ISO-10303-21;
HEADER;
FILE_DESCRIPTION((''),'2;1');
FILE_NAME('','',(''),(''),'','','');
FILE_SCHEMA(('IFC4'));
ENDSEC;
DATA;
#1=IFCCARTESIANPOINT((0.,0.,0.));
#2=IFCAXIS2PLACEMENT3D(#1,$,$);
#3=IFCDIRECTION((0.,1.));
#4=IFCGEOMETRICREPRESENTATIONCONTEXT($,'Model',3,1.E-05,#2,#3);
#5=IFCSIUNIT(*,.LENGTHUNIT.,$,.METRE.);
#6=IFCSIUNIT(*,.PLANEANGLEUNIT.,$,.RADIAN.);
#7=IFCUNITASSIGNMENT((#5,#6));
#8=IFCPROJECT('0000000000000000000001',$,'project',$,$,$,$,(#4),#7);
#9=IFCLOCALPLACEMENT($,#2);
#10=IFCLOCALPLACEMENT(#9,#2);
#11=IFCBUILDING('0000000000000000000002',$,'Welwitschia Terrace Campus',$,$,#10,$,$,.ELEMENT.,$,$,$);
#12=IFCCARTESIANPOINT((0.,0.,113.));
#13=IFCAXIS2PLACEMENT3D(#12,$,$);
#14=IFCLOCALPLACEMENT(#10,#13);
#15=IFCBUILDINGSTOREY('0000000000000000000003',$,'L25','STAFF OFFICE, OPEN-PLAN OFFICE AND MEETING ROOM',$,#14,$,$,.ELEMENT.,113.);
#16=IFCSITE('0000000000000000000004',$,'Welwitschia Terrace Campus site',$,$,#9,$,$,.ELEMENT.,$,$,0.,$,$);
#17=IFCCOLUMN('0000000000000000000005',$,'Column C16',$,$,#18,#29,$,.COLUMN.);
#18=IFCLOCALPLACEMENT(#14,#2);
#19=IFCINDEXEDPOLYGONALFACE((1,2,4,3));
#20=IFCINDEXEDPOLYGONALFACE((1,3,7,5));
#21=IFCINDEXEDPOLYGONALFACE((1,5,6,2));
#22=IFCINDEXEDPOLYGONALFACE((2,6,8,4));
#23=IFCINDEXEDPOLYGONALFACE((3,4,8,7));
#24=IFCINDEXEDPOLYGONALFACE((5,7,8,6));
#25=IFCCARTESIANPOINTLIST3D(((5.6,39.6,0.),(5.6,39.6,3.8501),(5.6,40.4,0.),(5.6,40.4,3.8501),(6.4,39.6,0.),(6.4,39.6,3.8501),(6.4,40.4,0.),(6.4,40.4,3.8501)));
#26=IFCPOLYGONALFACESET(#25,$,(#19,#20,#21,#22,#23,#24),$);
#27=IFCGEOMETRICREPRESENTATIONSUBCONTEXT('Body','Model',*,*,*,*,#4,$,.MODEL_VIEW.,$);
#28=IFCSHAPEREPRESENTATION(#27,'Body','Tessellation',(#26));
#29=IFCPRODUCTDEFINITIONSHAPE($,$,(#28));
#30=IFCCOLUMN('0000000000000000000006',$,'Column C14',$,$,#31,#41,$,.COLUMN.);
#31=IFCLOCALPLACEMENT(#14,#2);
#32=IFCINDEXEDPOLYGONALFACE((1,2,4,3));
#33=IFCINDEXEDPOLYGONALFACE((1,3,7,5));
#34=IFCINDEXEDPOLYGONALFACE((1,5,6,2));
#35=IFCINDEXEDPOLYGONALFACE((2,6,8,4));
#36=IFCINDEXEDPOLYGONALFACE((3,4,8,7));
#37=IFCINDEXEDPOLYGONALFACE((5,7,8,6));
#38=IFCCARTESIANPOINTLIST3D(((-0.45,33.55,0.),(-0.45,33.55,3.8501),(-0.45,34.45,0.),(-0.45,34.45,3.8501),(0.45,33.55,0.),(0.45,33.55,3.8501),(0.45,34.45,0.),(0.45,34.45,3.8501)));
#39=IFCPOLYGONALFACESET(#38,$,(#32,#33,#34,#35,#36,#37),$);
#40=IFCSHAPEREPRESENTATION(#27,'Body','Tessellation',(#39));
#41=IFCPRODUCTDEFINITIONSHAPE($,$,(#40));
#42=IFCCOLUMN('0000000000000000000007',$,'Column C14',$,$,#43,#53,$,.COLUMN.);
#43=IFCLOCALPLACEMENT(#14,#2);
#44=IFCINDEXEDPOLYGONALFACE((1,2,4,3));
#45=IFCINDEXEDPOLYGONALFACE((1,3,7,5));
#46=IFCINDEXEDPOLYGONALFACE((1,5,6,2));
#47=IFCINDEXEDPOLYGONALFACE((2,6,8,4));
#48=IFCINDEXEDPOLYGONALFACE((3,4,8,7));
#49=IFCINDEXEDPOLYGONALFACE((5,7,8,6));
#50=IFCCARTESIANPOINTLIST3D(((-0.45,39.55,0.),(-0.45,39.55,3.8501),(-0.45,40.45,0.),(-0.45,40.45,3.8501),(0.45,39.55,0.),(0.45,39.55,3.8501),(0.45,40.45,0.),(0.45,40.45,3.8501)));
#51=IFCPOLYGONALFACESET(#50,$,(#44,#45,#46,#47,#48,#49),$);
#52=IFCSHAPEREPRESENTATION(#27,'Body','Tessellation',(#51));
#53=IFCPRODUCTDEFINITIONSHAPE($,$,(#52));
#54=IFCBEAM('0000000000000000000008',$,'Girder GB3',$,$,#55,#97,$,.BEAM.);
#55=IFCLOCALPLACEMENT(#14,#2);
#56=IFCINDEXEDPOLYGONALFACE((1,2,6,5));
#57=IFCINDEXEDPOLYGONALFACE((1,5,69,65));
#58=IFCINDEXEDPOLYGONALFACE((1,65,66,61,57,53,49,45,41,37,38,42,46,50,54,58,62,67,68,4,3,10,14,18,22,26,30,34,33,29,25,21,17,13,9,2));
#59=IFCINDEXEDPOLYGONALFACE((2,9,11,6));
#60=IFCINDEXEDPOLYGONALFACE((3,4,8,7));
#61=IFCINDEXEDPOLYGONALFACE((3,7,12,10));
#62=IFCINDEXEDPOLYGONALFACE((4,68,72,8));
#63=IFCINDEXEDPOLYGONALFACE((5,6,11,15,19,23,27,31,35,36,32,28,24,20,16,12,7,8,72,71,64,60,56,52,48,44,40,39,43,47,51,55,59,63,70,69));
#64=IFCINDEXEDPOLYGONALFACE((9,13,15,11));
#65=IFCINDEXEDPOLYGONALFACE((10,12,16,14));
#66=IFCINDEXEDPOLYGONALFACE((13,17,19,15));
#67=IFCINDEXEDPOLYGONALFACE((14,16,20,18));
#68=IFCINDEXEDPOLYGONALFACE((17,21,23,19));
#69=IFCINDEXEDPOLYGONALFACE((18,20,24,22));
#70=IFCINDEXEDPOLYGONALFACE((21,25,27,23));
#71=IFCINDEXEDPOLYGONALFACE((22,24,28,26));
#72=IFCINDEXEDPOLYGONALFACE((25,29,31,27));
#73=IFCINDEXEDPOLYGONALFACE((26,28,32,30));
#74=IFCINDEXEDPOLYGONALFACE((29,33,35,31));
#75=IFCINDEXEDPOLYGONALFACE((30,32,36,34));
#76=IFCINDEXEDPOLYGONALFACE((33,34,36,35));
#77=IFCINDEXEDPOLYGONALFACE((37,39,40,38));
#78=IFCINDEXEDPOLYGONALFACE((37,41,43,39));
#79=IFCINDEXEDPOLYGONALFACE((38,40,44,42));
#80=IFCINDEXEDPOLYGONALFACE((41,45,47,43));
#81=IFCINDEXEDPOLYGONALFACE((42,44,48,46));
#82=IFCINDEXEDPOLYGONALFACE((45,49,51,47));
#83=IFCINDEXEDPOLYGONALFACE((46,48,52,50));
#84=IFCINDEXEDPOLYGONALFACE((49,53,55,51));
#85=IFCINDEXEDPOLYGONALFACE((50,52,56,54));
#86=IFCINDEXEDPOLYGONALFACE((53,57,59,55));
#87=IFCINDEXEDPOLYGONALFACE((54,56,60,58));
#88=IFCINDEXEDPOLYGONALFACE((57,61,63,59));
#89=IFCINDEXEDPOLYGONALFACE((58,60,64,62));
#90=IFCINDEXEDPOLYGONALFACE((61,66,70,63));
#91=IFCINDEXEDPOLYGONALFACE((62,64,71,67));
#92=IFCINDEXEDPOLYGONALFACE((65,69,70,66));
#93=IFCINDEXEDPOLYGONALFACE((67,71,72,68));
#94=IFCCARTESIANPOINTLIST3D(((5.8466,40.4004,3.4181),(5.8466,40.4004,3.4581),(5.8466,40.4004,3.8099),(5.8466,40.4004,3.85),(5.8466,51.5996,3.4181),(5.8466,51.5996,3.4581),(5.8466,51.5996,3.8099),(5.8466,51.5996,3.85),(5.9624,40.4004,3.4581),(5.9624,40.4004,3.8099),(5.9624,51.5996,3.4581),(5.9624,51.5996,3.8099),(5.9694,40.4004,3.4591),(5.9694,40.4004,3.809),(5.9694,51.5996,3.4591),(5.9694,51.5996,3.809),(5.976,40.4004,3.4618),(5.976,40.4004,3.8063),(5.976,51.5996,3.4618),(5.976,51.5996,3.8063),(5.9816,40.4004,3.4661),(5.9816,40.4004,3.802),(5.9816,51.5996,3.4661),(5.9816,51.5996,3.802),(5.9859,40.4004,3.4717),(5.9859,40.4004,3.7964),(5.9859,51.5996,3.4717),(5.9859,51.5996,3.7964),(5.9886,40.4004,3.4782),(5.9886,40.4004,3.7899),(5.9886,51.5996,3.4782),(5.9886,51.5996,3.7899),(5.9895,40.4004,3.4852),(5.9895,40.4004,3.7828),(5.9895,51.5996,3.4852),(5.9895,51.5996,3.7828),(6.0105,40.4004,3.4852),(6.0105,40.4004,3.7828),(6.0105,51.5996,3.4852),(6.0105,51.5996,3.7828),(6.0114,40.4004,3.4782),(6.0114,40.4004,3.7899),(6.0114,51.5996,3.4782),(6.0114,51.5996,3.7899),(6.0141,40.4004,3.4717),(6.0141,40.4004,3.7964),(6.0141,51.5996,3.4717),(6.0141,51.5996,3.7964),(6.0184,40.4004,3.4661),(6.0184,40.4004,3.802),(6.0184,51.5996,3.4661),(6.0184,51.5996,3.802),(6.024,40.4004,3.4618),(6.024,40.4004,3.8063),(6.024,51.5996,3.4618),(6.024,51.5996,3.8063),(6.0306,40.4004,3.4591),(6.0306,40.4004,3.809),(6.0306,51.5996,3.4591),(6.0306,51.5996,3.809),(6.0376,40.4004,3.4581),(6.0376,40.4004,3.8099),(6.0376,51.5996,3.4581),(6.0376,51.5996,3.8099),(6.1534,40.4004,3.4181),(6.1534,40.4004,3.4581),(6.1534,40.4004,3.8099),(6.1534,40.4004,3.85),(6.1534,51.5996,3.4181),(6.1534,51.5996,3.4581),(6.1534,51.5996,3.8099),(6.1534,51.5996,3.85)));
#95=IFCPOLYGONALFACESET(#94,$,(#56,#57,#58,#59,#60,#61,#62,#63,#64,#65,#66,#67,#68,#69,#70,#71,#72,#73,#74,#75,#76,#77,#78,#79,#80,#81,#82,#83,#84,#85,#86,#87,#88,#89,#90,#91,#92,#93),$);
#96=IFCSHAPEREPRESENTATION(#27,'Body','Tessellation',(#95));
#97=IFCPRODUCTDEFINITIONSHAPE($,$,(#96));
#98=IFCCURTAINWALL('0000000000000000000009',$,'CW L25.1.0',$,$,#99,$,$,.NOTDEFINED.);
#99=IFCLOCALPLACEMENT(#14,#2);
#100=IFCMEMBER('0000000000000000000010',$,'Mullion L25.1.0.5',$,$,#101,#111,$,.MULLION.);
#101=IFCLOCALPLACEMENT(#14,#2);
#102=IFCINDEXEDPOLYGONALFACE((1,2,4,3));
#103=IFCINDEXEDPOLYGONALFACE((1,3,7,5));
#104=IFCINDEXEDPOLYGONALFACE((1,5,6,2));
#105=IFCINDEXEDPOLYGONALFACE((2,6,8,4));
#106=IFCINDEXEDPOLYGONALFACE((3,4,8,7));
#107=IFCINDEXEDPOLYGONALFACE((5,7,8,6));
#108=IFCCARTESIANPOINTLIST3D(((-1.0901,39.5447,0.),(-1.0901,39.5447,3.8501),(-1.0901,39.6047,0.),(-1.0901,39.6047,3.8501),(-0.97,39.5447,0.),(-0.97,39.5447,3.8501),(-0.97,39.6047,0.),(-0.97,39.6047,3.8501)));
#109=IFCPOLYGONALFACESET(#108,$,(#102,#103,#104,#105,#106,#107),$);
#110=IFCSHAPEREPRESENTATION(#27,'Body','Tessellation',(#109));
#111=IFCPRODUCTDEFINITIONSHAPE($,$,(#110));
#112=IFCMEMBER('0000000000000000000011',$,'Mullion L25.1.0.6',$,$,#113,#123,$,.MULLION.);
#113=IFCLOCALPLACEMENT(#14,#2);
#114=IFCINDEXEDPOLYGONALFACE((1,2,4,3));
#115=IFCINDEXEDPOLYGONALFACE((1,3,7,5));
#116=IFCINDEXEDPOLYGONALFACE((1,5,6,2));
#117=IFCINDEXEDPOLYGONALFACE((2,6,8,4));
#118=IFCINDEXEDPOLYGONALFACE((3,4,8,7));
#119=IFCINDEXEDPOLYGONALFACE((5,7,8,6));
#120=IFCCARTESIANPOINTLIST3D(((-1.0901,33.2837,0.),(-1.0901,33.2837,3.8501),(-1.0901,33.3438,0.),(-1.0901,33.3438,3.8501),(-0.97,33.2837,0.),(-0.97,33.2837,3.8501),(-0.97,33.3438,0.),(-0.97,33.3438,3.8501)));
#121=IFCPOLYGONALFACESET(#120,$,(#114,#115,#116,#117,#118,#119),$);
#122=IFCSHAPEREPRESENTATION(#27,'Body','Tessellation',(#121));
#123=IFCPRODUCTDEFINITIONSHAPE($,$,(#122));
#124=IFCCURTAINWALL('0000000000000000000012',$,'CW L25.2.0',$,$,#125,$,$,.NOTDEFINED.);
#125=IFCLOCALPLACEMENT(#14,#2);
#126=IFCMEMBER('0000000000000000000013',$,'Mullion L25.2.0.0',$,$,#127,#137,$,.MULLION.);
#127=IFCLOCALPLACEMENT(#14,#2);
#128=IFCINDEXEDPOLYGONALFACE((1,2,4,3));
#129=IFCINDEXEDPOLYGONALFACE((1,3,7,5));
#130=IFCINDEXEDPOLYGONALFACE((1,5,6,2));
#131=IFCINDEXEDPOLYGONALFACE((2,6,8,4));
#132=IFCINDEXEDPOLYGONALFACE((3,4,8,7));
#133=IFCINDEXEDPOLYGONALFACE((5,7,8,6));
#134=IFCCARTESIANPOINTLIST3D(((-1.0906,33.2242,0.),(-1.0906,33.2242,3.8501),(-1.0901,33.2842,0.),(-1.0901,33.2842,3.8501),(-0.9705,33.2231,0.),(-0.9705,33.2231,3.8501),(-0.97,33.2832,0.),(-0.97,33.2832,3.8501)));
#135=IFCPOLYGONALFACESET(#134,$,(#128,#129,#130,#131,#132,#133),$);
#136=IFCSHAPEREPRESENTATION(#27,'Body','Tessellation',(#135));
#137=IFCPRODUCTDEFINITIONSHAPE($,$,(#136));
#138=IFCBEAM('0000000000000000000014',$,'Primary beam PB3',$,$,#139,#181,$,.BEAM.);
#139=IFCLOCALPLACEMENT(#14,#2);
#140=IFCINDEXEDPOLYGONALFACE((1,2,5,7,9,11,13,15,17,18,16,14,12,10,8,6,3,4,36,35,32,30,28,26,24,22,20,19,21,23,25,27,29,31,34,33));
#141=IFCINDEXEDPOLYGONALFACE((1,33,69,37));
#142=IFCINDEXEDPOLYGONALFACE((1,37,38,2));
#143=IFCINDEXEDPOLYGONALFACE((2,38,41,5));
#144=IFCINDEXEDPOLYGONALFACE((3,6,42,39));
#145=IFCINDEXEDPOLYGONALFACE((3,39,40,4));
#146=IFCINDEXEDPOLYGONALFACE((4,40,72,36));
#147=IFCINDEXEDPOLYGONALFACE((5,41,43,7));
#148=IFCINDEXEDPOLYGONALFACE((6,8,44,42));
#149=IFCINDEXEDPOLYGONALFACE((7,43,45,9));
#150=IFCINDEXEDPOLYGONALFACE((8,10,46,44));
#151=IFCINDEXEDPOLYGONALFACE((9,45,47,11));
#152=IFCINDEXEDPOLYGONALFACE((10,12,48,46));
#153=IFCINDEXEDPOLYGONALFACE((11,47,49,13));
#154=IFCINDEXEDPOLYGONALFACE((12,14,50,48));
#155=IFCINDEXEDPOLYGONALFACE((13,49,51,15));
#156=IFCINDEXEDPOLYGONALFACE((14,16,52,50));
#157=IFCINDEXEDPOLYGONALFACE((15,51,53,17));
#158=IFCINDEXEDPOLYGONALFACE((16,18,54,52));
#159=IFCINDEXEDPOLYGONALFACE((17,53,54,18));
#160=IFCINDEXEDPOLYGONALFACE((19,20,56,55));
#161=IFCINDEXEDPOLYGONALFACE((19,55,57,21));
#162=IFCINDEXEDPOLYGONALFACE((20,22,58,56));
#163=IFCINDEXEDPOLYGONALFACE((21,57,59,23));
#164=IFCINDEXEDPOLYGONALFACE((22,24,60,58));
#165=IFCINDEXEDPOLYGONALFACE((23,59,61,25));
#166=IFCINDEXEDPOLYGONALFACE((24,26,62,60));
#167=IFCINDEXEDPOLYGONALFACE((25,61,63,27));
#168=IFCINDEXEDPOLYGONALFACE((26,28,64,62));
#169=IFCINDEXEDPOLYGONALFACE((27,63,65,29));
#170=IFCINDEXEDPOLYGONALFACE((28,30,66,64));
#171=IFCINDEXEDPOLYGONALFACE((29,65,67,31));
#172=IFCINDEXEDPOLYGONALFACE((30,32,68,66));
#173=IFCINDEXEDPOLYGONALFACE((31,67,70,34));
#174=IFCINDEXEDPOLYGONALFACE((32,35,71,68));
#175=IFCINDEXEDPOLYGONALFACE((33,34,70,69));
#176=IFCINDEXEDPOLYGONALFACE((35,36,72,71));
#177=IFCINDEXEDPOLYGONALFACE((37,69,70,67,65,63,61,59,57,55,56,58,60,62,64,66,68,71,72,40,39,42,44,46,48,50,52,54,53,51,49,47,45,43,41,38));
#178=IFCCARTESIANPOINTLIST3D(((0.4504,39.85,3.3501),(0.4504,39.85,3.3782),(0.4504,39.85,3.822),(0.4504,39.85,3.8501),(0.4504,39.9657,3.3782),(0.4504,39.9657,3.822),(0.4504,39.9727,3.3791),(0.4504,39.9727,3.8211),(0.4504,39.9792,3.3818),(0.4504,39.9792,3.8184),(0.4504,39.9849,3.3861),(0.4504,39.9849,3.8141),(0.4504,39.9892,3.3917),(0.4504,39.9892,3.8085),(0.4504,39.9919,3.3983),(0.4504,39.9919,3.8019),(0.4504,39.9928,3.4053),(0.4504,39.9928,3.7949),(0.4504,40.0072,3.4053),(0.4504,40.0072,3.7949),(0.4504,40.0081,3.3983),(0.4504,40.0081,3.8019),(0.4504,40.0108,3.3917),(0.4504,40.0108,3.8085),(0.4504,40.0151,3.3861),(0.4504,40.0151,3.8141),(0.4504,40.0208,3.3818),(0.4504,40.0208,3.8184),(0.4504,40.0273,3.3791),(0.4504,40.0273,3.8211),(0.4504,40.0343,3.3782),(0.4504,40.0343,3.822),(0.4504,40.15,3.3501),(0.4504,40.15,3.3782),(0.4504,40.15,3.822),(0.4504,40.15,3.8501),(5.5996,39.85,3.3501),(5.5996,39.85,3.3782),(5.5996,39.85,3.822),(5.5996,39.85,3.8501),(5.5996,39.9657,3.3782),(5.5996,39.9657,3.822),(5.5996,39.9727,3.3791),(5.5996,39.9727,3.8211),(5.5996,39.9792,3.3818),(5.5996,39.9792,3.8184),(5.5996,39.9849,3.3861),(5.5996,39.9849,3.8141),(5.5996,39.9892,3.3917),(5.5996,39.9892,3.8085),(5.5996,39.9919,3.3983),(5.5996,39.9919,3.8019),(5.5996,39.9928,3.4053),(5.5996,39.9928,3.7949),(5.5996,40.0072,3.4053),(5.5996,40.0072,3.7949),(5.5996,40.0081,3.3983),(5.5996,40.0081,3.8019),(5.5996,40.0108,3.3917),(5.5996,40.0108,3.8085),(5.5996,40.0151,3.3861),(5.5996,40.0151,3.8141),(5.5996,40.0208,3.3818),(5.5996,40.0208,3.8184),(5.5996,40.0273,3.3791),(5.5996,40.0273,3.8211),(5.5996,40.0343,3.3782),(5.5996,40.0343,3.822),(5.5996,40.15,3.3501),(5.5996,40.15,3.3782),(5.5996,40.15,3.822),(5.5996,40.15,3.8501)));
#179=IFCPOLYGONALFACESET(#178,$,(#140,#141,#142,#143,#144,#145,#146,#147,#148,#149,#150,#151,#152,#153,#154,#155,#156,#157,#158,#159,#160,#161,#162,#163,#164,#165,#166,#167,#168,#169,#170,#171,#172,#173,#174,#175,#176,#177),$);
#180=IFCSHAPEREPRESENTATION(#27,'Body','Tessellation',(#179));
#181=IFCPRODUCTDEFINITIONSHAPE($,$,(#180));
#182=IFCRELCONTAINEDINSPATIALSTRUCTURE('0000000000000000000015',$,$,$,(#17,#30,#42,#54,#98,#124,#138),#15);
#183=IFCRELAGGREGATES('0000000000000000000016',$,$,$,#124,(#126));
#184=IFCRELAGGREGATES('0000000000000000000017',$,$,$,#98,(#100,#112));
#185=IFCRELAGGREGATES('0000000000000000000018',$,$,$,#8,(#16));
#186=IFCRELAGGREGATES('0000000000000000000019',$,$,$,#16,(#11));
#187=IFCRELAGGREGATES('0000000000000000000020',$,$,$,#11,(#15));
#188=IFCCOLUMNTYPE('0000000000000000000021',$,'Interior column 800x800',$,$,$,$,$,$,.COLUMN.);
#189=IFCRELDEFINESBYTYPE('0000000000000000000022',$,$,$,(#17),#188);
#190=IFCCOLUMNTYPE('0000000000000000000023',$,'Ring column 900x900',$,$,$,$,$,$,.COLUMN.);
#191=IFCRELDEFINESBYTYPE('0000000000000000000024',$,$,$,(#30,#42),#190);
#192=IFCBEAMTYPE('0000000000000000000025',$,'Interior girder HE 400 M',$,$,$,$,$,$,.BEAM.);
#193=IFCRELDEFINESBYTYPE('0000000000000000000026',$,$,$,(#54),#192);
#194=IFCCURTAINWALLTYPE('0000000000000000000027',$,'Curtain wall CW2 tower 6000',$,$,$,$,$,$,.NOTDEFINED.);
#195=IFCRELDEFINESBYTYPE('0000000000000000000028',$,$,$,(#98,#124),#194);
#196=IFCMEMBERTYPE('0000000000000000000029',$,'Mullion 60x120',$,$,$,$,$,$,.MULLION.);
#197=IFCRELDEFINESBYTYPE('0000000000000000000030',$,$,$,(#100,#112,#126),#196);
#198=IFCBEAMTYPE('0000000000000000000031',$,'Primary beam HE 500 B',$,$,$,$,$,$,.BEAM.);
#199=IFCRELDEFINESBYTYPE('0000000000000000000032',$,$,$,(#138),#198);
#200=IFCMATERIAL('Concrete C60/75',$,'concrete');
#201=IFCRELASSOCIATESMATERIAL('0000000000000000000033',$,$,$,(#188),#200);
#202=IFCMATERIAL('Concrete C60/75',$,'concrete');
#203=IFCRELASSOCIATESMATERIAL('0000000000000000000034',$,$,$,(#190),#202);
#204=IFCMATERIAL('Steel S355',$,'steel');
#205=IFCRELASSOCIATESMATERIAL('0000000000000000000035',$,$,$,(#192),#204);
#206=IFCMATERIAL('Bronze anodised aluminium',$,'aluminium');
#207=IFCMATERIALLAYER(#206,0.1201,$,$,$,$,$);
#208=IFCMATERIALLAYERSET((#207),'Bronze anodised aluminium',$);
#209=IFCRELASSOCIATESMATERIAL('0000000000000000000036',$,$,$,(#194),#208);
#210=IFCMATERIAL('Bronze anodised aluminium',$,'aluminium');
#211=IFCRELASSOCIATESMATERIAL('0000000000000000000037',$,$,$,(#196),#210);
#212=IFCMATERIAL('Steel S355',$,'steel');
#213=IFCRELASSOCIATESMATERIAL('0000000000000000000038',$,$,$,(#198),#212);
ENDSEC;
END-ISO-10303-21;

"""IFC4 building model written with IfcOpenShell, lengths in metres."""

from ifc_helpers import new_model, si_unit, direction, frame, origin, origin_2d, place, context, subcontext, project, spatial, rectangle, i_section, extrude, material, layer, layer_set, material_profile, profile_set, type_object, element, aggregate, save


model = new_model("IFC4")

# Units and contexts
model_context = context("Model", 3, precision=1e-05, world=origin(), true_north=direction((0.0, 1.0)))
body_context = subcontext(model_context, "Body", "Model", "MODEL_VIEW")
ifc_project = project(units=[si_unit("LENGTHUNIT", "METRE"), si_unit("PLANEANGLEUNIT", "RADIAN")], contexts=[model_context])

# Site, building, storey
site_placement = place(None, origin())
site = spatial("IfcSite", under=ifc_project, at=site_placement, Name="Welwitschia Terrace Campus site", CompositionType="ELEMENT", RefElevation=0.0)
building_placement = place(site_placement, origin())
building = spatial("IfcBuilding", under=site, at=building_placement, Name="Welwitschia Terrace Campus", CompositionType="ELEMENT")
storey_placement = place(building_placement, frame((0.0, 0.0, 113.0)))
storey = spatial("IfcBuildingStorey", under=building, at=storey_placement, Name="L25", Description="STAFF OFFICE, OPEN-PLAN OFFICE AND MEETING ROOM", CompositionType="ELEMENT", Elevation=113.0)

# Columns
ifc_material_1 = material(Name="Concrete C60/75", Category="concrete")
ifc_material_profile_1 = material_profile(ifc_material_1, rectangle(XDim=0.8, YDim=0.8, at=origin_2d()))
ifc_profile_set_1 = profile_set([ifc_material_profile_1], Name="Concrete C60/75")
column_type_1 = type_object("IfcColumnType", Name="Interior column 800x800", PredefinedType="COLUMN", material=ifc_profile_set_1)
column_placement = place(storey_placement, frame((6.0, 40.0, 0.0), z_axis=(0.0, 0.0, 1.0), x_axis=(1.0, 0.0, 0.0)))
element("IfcColumn", 1, at=column_placement, inside=storey, type_object=column_type_1, Name="Column C16", PredefinedType="COLUMN", context=body_context, shape_type="SweptSolid", body=[
    extrude(rectangle(XDim=0.8, YDim=0.8, at=origin_2d()), origin(), (0.0, 0.0, 1.0), 3.8501),
])
ifc_material_2 = material(Name="Concrete C60/75", Category="concrete")
ifc_material_profile_2 = material_profile(ifc_material_2, rectangle(XDim=0.8999, YDim=0.8999, at=origin_2d()))
ifc_profile_set_2 = profile_set([ifc_material_profile_2], Name="Concrete C60/75")
column_type_2 = type_object("IfcColumnType", Name="Ring column 900x900", PredefinedType="COLUMN", material=ifc_profile_set_2)
for number, where, z_axis, x_axis, name in (
    (2, (0.0, 34.0, 0.0), (0.0, 0.0, 1.0), (1.0, 0.0, 0.0), "Column C14"),
    (3, (0.0, 40.0, 0.0), (0.0, 0.0, 1.0), (1.0, 0.0, 0.0), "Column C14"),
):
    element("IfcColumn", number, at=place(storey_placement, frame(where, z_axis=z_axis, x_axis=x_axis)), inside=storey, type_object=column_type_2, Name=name, PredefinedType="COLUMN", context=body_context, shape_type="SweptSolid", body=[
        extrude(rectangle(XDim=0.8999, YDim=0.8999, at=origin_2d()), origin(), (0.0, 0.0, 1.0), 3.8501),
    ])

# Beam
ifc_material_3 = material(Name="Steel S355", Category="steel")
ifc_material_profile_3 = material_profile(ifc_material_3, i_section(OverallWidth=0.3069, OverallDepth=0.4319, WebThickness=0.021, FlangeThickness=0.04, FilletRadius=0.0271, at=origin_2d()))
ifc_profile_set_3 = profile_set([ifc_material_profile_3], Name="Steel S355")
beam_type_1 = type_object("IfcBeamType", Name="Interior girder HE 400 M", PredefinedType="BEAM", material=ifc_profile_set_3)
beam_1_placement = place(storey_placement, frame((6.0, 40.4004, 3.634), z_axis=(0.0, 1.0, 0.0), x_axis=(-1.0, 0.0, 0.0)))
element("IfcBeam", 4, at=beam_1_placement, inside=storey, type_object=beam_type_1, Name="Girder GB3", PredefinedType="BEAM", context=body_context, shape_type="SweptSolid", body=[
    extrude(i_section(OverallWidth=0.3069, OverallDepth=0.4319, WebThickness=0.021, FlangeThickness=0.04, FilletRadius=0.0271, at=origin_2d()), origin(), (0.0, 0.0, 1.0), 11.1992),
])

# Curtain wall, members
ifc_material_4 = material(Name="Bronze anodised aluminium", Category="aluminium")
ifc_layer_1 = layer(ifc_material_4, 0.1201)
ifc_layer_set_1 = layer_set([ifc_layer_1], Name="Bronze anodised aluminium")
curtain_wall_type = type_object("IfcCurtainWallType", Name="Curtain wall CW2 tower 6000", PredefinedType="NOTDEFINED", material=ifc_layer_set_1)
curtain_wall_1_placement = place(storey_placement, origin())
curtain_wall_1 = element("IfcCurtainWall", 5, at=curtain_wall_1_placement, inside=storey, type_object=curtain_wall_type, Name="CW L25.1.0", PredefinedType="NOTDEFINED")
ifc_material_5 = material(Name="Bronze anodised aluminium", Category="aluminium")
ifc_material_profile_4 = material_profile(ifc_material_5, rectangle(XDim=0.1201, YDim=0.0601, at=origin_2d()))
ifc_profile_set_4 = profile_set([ifc_material_profile_4], Name="Bronze anodised aluminium")
member_type_1 = type_object("IfcMemberType", Name="Mullion 60x120", PredefinedType="MULLION", material=ifc_profile_set_4)
member_1_placement = place(storey_placement, frame((-1.03, 39.5747, 0.0), z_axis=(0.0, 0.0, 1.0), x_axis=(1.0, 0.0, 0.0)))
member_1 = element("IfcMember", 6, at=member_1_placement, type_object=member_type_1, Name="Mullion L25.1.0.5", PredefinedType="MULLION", context=body_context, shape_type="SweptSolid", body=[
    extrude(rectangle(XDim=0.1201, YDim=0.0601, at=origin_2d()), origin(), (0.0, 0.0, 1.0), 3.8501),
])
member_2_placement = place(storey_placement, frame((-1.03, 33.3137, 0.0), z_axis=(0.0, 0.0, 1.0), x_axis=(1.0, 0.0, 0.0)))
member_2 = element("IfcMember", 7, at=member_2_placement, type_object=member_type_1, Name="Mullion L25.1.0.6", PredefinedType="MULLION", context=body_context, shape_type="SweptSolid", body=[
    extrude(rectangle(XDim=0.1201, YDim=0.0601, at=origin_2d()), origin(), (0.0, 0.0, 1.0), 3.8501),
])

# Curtain wall, member
curtain_wall_2_placement = place(storey_placement, origin())
curtain_wall_2 = element("IfcCurtainWall", 8, at=curtain_wall_2_placement, inside=storey, type_object=curtain_wall_type, Name="CW L25.2.0", PredefinedType="NOTDEFINED")
member_3_placement = place(storey_placement, frame((-1.0303, 33.2537, 0.0), z_axis=(0.0, 0.0, 1.0), x_axis=(0.999962, -0.008727, 0.0)))
member_3 = element("IfcMember", 9, at=member_3_placement, type_object=member_type_1, Name="Mullion L25.2.0.0", PredefinedType="MULLION", context=body_context, shape_type="SweptSolid", body=[
    extrude(rectangle(XDim=0.1201, YDim=0.0601, at=origin_2d()), origin(), (0.0, 0.0, 1.0), 3.8501),
])

# Beam
ifc_material_6 = material(Name="Steel S355", Category="steel")
ifc_material_profile_5 = material_profile(ifc_material_6, i_section(OverallWidth=0.3, OverallDepth=0.5, WebThickness=0.0144, FlangeThickness=0.0281, FilletRadius=0.0271, at=origin_2d()))
ifc_profile_set_5 = profile_set([ifc_material_profile_5], Name="Steel S355")
beam_type_2 = type_object("IfcBeamType", Name="Primary beam HE 500 B", PredefinedType="BEAM", material=ifc_profile_set_5)
beam_2_placement = place(storey_placement, frame((0.4504, 40.0, 3.6001), z_axis=(1.0, 0.0, 0.0), x_axis=(0.0, 1.0, 0.0)))
element("IfcBeam", 10, at=beam_2_placement, inside=storey, type_object=beam_type_2, Name="Primary beam PB3", PredefinedType="BEAM", context=body_context, shape_type="SweptSolid", body=[
    extrude(i_section(OverallWidth=0.3, OverallDepth=0.5, WebThickness=0.0144, FlangeThickness=0.0281, FilletRadius=0.0271, at=origin_2d()), origin(), (0.0, 0.0, 1.0), 5.1492),
])

aggregate(curtain_wall_2, [member_3])

aggregate(curtain_wall_1, [member_1, member_2])

save(model, "model.ifc")
